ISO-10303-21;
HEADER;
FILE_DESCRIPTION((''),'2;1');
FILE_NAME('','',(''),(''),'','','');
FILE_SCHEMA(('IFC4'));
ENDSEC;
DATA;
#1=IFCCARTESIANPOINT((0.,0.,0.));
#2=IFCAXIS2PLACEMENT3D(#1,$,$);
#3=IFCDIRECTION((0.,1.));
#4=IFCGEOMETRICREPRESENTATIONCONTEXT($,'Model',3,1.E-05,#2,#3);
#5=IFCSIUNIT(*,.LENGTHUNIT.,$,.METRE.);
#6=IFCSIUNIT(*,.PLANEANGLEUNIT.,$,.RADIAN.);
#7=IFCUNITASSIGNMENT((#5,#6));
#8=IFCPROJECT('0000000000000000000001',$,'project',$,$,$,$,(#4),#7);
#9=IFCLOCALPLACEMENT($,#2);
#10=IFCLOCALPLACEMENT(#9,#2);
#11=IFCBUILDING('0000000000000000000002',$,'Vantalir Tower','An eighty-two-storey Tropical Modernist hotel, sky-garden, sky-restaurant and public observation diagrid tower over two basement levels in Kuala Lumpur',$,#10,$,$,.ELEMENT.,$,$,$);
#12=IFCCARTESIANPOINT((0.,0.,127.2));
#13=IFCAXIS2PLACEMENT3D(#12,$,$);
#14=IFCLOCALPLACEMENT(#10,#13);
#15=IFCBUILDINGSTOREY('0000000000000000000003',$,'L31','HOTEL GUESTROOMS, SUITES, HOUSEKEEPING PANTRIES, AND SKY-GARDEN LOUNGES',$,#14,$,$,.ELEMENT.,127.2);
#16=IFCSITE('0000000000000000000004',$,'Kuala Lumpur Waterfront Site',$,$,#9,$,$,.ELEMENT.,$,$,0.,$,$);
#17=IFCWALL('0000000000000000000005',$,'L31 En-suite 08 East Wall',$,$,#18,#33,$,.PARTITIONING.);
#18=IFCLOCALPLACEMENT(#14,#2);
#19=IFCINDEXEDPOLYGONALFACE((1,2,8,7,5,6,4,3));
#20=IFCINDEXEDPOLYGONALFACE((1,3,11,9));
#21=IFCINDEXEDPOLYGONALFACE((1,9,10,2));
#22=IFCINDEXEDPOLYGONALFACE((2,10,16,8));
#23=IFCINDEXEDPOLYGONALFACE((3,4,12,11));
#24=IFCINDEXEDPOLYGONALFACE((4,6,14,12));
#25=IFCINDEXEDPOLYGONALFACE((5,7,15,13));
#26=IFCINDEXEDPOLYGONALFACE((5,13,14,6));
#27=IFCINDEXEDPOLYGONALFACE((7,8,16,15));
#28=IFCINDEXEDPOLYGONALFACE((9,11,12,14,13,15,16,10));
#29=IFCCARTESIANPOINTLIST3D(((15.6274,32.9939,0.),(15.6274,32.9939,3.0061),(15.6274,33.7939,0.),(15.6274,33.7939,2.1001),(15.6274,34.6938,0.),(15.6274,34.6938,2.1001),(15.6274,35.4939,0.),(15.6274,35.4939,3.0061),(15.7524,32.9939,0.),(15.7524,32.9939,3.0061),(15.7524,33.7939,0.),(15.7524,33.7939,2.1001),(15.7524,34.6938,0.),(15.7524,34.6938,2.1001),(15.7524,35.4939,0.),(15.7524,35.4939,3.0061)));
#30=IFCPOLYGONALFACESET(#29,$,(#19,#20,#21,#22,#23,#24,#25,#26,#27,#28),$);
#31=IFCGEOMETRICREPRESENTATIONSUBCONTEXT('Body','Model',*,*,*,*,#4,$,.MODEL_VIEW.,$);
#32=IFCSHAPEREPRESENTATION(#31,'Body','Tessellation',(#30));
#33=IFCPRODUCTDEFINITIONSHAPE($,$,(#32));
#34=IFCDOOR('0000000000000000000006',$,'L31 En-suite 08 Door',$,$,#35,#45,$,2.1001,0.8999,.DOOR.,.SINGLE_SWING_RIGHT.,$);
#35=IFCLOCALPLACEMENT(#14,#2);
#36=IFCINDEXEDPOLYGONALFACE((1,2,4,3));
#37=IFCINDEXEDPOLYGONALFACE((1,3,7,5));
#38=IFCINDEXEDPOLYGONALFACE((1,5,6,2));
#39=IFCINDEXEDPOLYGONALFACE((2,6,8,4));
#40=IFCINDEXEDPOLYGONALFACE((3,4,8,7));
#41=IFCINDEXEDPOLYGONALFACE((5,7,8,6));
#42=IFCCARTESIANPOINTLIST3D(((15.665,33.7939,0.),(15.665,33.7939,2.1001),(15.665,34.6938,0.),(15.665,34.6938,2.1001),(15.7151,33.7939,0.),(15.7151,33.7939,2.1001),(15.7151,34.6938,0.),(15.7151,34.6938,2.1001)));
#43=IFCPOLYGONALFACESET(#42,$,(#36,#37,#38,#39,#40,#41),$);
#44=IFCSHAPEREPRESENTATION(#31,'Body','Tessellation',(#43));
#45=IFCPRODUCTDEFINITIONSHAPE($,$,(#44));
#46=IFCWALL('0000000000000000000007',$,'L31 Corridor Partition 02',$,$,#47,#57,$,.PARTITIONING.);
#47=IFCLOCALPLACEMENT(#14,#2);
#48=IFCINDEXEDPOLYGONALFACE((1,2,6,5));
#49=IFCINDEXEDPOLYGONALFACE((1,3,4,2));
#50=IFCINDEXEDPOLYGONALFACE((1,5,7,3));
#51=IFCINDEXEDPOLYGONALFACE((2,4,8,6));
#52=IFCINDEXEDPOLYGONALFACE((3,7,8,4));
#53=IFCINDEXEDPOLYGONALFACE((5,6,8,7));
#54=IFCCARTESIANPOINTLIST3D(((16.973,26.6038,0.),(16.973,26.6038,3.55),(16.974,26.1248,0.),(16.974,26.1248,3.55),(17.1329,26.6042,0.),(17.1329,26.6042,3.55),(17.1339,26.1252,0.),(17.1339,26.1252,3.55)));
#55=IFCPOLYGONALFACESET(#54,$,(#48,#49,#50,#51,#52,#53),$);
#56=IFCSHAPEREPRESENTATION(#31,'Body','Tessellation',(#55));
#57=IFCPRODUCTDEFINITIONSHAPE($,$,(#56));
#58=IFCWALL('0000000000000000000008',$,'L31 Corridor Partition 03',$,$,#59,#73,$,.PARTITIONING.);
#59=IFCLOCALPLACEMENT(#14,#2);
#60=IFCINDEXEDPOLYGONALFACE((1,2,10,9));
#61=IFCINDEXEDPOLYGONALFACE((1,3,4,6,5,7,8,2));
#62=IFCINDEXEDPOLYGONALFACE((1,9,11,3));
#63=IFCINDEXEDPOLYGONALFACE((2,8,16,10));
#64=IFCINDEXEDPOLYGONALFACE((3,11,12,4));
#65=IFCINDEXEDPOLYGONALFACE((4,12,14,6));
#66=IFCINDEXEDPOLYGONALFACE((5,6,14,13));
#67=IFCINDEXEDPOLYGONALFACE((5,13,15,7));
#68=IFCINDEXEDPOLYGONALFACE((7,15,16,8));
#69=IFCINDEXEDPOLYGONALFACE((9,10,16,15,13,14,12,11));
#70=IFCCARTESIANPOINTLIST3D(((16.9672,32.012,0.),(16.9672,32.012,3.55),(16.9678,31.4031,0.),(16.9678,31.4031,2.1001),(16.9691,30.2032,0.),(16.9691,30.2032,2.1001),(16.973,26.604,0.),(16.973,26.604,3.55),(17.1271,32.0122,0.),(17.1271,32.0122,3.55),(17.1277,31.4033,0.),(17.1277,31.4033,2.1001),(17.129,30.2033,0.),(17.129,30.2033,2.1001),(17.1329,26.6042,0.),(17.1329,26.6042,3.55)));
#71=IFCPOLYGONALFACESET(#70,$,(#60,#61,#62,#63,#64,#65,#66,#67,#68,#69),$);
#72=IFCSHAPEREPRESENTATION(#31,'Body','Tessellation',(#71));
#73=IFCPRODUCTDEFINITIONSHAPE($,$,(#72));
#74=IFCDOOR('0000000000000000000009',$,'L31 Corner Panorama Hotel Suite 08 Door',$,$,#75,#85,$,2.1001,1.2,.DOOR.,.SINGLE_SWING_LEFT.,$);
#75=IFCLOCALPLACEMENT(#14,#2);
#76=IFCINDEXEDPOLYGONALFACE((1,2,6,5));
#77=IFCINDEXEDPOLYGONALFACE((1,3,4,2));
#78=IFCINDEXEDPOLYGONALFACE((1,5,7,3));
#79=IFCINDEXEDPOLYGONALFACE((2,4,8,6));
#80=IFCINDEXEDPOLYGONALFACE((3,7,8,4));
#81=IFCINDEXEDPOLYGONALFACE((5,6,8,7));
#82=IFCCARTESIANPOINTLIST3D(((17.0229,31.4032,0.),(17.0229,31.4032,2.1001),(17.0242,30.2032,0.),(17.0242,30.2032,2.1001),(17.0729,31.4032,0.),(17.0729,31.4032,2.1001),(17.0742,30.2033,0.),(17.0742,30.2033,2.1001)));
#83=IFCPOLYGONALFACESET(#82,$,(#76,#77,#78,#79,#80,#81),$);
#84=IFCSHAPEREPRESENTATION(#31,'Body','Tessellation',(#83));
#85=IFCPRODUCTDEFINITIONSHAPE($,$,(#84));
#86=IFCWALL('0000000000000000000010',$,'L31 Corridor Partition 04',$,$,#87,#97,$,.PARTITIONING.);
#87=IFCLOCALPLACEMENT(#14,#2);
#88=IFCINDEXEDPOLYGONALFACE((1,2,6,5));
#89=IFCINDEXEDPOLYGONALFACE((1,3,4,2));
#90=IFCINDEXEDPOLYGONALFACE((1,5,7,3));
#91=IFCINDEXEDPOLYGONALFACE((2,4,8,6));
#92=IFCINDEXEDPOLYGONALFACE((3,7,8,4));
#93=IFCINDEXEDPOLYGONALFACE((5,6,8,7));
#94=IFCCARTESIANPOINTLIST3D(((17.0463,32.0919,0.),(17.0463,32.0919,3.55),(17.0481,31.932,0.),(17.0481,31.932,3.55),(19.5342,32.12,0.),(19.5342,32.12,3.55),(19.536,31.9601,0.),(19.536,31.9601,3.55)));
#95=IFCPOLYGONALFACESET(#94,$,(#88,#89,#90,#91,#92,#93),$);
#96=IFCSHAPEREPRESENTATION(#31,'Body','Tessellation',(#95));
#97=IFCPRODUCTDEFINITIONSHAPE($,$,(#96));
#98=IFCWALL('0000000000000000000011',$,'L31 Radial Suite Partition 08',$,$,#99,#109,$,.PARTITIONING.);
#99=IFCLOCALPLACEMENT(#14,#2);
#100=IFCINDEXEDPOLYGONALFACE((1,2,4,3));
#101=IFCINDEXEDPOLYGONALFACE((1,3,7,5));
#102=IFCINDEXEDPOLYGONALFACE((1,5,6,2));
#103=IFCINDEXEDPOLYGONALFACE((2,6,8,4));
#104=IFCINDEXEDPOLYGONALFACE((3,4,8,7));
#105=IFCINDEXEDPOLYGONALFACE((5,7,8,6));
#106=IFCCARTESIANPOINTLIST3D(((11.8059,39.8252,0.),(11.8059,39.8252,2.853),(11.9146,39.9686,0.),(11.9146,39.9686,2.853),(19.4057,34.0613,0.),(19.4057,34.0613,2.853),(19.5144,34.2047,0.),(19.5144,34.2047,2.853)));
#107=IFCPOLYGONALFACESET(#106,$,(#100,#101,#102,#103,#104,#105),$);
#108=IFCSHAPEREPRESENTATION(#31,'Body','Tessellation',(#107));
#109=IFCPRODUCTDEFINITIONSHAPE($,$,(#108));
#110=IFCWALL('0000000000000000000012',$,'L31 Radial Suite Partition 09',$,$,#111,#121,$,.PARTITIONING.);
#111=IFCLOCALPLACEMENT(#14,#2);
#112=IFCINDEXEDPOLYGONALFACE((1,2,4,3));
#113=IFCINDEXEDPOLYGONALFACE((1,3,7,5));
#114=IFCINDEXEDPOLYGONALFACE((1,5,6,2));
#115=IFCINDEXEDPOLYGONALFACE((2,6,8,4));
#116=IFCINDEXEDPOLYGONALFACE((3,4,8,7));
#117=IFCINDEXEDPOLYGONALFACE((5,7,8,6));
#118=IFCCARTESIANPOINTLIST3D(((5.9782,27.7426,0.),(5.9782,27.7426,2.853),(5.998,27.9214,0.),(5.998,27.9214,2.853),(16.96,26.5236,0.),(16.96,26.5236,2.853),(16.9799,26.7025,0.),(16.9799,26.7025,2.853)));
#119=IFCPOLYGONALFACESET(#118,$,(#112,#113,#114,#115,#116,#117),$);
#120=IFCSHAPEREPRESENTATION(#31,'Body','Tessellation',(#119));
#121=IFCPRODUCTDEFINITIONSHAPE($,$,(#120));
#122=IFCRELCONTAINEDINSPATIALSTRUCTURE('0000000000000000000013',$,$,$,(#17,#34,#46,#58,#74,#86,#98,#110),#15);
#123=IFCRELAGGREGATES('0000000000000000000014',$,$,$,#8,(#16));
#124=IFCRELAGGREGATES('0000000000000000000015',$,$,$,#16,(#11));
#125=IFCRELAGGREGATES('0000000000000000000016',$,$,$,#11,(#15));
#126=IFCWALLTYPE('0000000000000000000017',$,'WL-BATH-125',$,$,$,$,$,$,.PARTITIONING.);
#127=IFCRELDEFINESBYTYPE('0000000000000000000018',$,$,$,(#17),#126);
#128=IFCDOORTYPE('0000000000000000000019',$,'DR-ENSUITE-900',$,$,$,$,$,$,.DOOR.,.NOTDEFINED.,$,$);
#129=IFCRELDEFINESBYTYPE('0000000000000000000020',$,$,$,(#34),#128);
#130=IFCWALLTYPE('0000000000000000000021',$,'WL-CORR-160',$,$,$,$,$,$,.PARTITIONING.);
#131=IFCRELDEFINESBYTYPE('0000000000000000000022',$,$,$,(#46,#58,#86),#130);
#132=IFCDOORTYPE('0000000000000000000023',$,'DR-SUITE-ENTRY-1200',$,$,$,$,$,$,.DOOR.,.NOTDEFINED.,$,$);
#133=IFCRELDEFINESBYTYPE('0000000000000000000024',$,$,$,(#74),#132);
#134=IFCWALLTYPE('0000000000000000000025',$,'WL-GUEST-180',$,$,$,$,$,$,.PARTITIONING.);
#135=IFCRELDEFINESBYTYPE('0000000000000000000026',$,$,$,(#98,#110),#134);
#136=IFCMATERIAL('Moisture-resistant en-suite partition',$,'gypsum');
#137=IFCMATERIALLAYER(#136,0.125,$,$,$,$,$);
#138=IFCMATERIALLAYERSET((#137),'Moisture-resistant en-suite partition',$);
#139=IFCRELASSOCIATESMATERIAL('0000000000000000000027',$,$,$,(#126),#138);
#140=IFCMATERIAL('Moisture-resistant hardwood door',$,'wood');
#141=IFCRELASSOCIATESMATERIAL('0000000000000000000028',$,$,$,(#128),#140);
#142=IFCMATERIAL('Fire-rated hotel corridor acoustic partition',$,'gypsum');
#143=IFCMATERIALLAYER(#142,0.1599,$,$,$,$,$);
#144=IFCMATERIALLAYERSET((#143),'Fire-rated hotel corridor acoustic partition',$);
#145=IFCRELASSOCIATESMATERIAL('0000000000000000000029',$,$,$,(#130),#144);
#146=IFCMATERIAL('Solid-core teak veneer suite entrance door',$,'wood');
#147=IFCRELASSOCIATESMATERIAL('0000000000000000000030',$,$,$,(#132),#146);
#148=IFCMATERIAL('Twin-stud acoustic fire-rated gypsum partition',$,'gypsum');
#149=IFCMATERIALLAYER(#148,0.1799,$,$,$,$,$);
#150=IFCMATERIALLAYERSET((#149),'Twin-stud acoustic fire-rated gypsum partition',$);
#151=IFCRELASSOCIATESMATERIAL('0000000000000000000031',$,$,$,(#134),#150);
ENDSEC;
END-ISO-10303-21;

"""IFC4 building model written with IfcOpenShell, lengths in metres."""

from ifc_helpers import new_model, si_unit, direction, frame, frame_2d, origin, place, context, subcontext, project, spatial, rectangle, extrude, material, layer, layer_set, type_object, element, fill, save


model = new_model("IFC4")

# Units and contexts
model_context = context("Model", 3, precision=1e-05, world=origin(), true_north=direction((0.0, 1.0)))
body_context = subcontext(model_context, "Body", "Model", "MODEL_VIEW")
ifc_project = project(units=[si_unit("LENGTHUNIT", "METRE"), si_unit("PLANEANGLEUNIT", "RADIAN")], contexts=[model_context])

# Site, building, storey
site_placement = place(None, origin())
site = spatial("IfcSite", under=ifc_project, at=site_placement, Name="Kuala Lumpur Waterfront Site", CompositionType="ELEMENT", RefElevation=0.0)
building_placement = place(site_placement, origin())
building = spatial("IfcBuilding", under=site, at=building_placement, Name="Vantalir Tower", Description="An eighty-two-storey Tropical Modernist hotel, sky-garden, sky-restaurant and public observation diagrid tower over two basement levels in Kuala Lumpur", CompositionType="ELEMENT")
storey_placement = place(building_placement, frame((0.0, 0.0, 127.2)))
storey = spatial("IfcBuildingStorey", under=building, at=storey_placement, Name="L31", Description="HOTEL GUESTROOMS, SUITES, HOUSEKEEPING PANTRIES, AND SKY-GARDEN LOUNGES", CompositionType="ELEMENT", Elevation=127.2)

# Shared definitions
ifc_material_1 = material(Name="Moisture-resistant en-suite partition", Category="gypsum")
ifc_layer_1 = layer(ifc_material_1, 0.125)
ifc_layer_set_1 = layer_set([ifc_layer_1], Name="Moisture-resistant en-suite partition")
wall_type_1 = type_object("IfcWallType", Name="WL-BATH-125", PredefinedType="PARTITIONING", material=ifc_layer_set_1)

# Wall, opening, door
wall_1_placement = place(storey_placement, frame((15.6899, 32.9939, 0.0), z_axis=(0.0, 0.0, 1.0), x_axis=(0.0, 1.0, 0.0)))
wall_1 = element("IfcWall", 1, at=wall_1_placement, inside=storey, type_object=wall_type_1, Name="L31 En-suite 08 East Wall", PredefinedType="PARTITIONING", context=body_context, shape_type="SweptSolid", body=[
    extrude(rectangle(XDim=2.5, YDim=0.125, at=frame_2d((1.25, 0.0))), origin(), (0.0, 0.0, 1.0), 3.0061),
])
opening_1_placement = place(wall_1_placement, frame((0.8, 0.0, 0.0)))
opening_1 = element("IfcOpeningElement", 2, at=opening_1_placement, cuts=wall_1, PredefinedType="OPENING", context=body_context, shape_type="SweptSolid", body=[
    extrude(rectangle(XDim=0.8999, YDim=2.1001, at=frame_2d((0.45, 1.05))), frame((0.0, 0.0725, 0.0), z_axis=(0.0, -1.0, 0.0), x_axis=(1.0, 0.0, 0.0)), (0.0, 0.0, 1.0), 0.145),
])
ifc_material_2 = material(Name="Moisture-resistant hardwood door", Category="wood")
door_type_1 = type_object("IfcDoorType", Name="DR-ENSUITE-900", OperationType="NOTDEFINED", PredefinedType="DOOR", material=ifc_material_2)
door_1_placement = place(opening_1_placement, origin())
door_1 = element("IfcDoor", 3, at=door_1_placement, inside=storey, type_object=door_type_1, Name="L31 En-suite 08 Door", OperationType="SINGLE_SWING_RIGHT", OverallHeight=2.1001, OverallWidth=0.8999, PredefinedType="DOOR", context=body_context, shape_type="SweptSolid", body=[
    extrude(rectangle(XDim=0.8999, YDim=2.1001, at=frame_2d((0.45, 1.05))), frame((0.0, 0.0249, 0.0), z_axis=(0.0, -1.0, 0.0), x_axis=(1.0, 0.0, 0.0)), (0.0, 0.0, 1.0), 0.05),
])
fill(opening_1, door_1)

# Wall
ifc_material_3 = material(Name="Fire-rated hotel corridor acoustic partition", Category="gypsum")
ifc_layer_2 = layer(ifc_material_3, 0.1599)
ifc_layer_set_2 = layer_set([ifc_layer_2], Name="Fire-rated hotel corridor acoustic partition")
wall_type_2 = type_object("IfcWallType", Name="WL-CORR-160", PredefinedType="PARTITIONING", material=ifc_layer_set_2)
wall_2_placement = place(storey_placement, frame((17.054, 26.125, 0.0), z_axis=(0.0, 0.0, 1.0), x_axis=(-0.002039, 0.999998, 0.0)))
element("IfcWall", 4, at=wall_2_placement, inside=storey, type_object=wall_type_2, Name="L31 Corridor Partition 02", PredefinedType="PARTITIONING", context=body_context, shape_type="SweptSolid", body=[
    extrude(rectangle(XDim=0.479, YDim=0.1599, at=frame_2d((0.2395, 0.0))), origin(), (0.0, 0.0, 1.0), 3.55),
])

# Wall, opening, door
wall_3_placement = place(storey_placement, frame((17.053, 26.604, 0.0), z_axis=(0.0, 0.0, 1.0), x_axis=(-0.001083, 0.999999, 0.0)))
wall_3 = element("IfcWall", 5, at=wall_3_placement, inside=storey, type_object=wall_type_2, Name="L31 Corridor Partition 03", PredefinedType="PARTITIONING", context=body_context, shape_type="SweptSolid", body=[
    extrude(rectangle(XDim=5.408, YDim=0.1599, at=frame_2d((2.7041, 0.0))), origin(), (0.0, 0.0, 1.0), 3.55),
])
opening_2_placement = place(wall_3_placement, frame((3.5991, 0.0, 0.0)))
opening_2 = element("IfcOpeningElement", 6, at=opening_2_placement, cuts=wall_3, PredefinedType="OPENING", context=body_context, shape_type="SweptSolid", body=[
    extrude(rectangle(XDim=1.2, YDim=2.1001, at=frame_2d((0.6001, 1.05))), frame((0.0, 0.0898, 0.0), z_axis=(0.0, -1.0, 0.0), x_axis=(1.0, 0.0, 0.0)), (0.0, 0.0, 1.0), 0.1799),
])
ifc_material_4 = material(Name="Solid-core teak veneer suite entrance door", Category="wood")
door_type_2 = type_object("IfcDoorType", Name="DR-SUITE-ENTRY-1200", OperationType="NOTDEFINED", PredefinedType="DOOR", material=ifc_material_4)
door_2_placement = place(opening_2_placement, origin())
door_2 = element("IfcDoor", 7, at=door_2_placement, inside=storey, type_object=door_type_2, Name="L31 Corner Panorama Hotel Suite 08 Door", OperationType="SINGLE_SWING_LEFT", OverallHeight=2.1001, OverallWidth=1.2, PredefinedType="DOOR", context=body_context, shape_type="SweptSolid", body=[
    extrude(rectangle(XDim=1.2, YDim=2.1001, at=frame_2d((0.6001, 1.05))), frame((0.0, 0.0249, 0.0), z_axis=(0.0, -1.0, 0.0), x_axis=(1.0, 0.0, 0.0)), (0.0, 0.0, 1.0), 0.05),
])
fill(opening_2, door_2)

# Walls
wall_4_placement = place(storey_placement, frame((17.0471, 32.012, 0.0), z_axis=(0.0, 0.0, 1.0), x_axis=(0.999936, 0.011285, 0.0)))
element("IfcWall", 8, at=wall_4_placement, inside=storey, type_object=wall_type_2, Name="L31 Corridor Partition 04", PredefinedType="PARTITIONING", context=body_context, shape_type="SweptSolid", body=[
    extrude(rectangle(XDim=2.488, YDim=0.1599, at=frame_2d((1.2441, 0.0))), origin(), (0.0, 0.0, 1.0), 3.55),
])
ifc_material_5 = material(Name="Twin-stud acoustic fire-rated gypsum partition", Category="gypsum")
ifc_layer_3 = layer(ifc_material_5, 0.1799)
ifc_layer_set_3 = layer_set([ifc_layer_3], Name="Twin-stud acoustic fire-rated gypsum partition")
wall_type_3 = type_object("IfcWallType", Name="WL-GUEST-180", PredefinedType="PARTITIONING", material=ifc_layer_set_3)
wall_5_placement = place(storey_placement, frame((19.46, 34.1331, 0.0), z_axis=(0.0, 0.0, 1.0), x_axis=(-0.796766, 0.604287, 0.0)))
element("IfcWall", 9, at=wall_5_placement, inside=storey, type_object=wall_type_3, Name="L31 Radial Suite Partition 08", PredefinedType="PARTITIONING", context=body_context, shape_type="SweptSolid", body=[
    extrude(rectangle(XDim=9.5383, YDim=0.1799, at=frame_2d((4.769, 0.0))), origin(), (0.0, 0.0, 1.0), 2.853),
])
wall_6_placement = place(storey_placement, frame((16.97, 26.613, 0.0), z_axis=(0.0, 0.0, 1.0), x_axis=(-0.993896, 0.110322, 0.0)))
element("IfcWall", 10, at=wall_6_placement, inside=storey, type_object=wall_type_3, Name="L31 Radial Suite Partition 09", PredefinedType="PARTITIONING", context=body_context, shape_type="SweptSolid", body=[
    extrude(rectangle(XDim=11.0493, YDim=0.1799, at=frame_2d((5.5247, 0.0))), origin(), (0.0, 0.0, 1.0), 2.853),
])

save(model, "model.ifc")
